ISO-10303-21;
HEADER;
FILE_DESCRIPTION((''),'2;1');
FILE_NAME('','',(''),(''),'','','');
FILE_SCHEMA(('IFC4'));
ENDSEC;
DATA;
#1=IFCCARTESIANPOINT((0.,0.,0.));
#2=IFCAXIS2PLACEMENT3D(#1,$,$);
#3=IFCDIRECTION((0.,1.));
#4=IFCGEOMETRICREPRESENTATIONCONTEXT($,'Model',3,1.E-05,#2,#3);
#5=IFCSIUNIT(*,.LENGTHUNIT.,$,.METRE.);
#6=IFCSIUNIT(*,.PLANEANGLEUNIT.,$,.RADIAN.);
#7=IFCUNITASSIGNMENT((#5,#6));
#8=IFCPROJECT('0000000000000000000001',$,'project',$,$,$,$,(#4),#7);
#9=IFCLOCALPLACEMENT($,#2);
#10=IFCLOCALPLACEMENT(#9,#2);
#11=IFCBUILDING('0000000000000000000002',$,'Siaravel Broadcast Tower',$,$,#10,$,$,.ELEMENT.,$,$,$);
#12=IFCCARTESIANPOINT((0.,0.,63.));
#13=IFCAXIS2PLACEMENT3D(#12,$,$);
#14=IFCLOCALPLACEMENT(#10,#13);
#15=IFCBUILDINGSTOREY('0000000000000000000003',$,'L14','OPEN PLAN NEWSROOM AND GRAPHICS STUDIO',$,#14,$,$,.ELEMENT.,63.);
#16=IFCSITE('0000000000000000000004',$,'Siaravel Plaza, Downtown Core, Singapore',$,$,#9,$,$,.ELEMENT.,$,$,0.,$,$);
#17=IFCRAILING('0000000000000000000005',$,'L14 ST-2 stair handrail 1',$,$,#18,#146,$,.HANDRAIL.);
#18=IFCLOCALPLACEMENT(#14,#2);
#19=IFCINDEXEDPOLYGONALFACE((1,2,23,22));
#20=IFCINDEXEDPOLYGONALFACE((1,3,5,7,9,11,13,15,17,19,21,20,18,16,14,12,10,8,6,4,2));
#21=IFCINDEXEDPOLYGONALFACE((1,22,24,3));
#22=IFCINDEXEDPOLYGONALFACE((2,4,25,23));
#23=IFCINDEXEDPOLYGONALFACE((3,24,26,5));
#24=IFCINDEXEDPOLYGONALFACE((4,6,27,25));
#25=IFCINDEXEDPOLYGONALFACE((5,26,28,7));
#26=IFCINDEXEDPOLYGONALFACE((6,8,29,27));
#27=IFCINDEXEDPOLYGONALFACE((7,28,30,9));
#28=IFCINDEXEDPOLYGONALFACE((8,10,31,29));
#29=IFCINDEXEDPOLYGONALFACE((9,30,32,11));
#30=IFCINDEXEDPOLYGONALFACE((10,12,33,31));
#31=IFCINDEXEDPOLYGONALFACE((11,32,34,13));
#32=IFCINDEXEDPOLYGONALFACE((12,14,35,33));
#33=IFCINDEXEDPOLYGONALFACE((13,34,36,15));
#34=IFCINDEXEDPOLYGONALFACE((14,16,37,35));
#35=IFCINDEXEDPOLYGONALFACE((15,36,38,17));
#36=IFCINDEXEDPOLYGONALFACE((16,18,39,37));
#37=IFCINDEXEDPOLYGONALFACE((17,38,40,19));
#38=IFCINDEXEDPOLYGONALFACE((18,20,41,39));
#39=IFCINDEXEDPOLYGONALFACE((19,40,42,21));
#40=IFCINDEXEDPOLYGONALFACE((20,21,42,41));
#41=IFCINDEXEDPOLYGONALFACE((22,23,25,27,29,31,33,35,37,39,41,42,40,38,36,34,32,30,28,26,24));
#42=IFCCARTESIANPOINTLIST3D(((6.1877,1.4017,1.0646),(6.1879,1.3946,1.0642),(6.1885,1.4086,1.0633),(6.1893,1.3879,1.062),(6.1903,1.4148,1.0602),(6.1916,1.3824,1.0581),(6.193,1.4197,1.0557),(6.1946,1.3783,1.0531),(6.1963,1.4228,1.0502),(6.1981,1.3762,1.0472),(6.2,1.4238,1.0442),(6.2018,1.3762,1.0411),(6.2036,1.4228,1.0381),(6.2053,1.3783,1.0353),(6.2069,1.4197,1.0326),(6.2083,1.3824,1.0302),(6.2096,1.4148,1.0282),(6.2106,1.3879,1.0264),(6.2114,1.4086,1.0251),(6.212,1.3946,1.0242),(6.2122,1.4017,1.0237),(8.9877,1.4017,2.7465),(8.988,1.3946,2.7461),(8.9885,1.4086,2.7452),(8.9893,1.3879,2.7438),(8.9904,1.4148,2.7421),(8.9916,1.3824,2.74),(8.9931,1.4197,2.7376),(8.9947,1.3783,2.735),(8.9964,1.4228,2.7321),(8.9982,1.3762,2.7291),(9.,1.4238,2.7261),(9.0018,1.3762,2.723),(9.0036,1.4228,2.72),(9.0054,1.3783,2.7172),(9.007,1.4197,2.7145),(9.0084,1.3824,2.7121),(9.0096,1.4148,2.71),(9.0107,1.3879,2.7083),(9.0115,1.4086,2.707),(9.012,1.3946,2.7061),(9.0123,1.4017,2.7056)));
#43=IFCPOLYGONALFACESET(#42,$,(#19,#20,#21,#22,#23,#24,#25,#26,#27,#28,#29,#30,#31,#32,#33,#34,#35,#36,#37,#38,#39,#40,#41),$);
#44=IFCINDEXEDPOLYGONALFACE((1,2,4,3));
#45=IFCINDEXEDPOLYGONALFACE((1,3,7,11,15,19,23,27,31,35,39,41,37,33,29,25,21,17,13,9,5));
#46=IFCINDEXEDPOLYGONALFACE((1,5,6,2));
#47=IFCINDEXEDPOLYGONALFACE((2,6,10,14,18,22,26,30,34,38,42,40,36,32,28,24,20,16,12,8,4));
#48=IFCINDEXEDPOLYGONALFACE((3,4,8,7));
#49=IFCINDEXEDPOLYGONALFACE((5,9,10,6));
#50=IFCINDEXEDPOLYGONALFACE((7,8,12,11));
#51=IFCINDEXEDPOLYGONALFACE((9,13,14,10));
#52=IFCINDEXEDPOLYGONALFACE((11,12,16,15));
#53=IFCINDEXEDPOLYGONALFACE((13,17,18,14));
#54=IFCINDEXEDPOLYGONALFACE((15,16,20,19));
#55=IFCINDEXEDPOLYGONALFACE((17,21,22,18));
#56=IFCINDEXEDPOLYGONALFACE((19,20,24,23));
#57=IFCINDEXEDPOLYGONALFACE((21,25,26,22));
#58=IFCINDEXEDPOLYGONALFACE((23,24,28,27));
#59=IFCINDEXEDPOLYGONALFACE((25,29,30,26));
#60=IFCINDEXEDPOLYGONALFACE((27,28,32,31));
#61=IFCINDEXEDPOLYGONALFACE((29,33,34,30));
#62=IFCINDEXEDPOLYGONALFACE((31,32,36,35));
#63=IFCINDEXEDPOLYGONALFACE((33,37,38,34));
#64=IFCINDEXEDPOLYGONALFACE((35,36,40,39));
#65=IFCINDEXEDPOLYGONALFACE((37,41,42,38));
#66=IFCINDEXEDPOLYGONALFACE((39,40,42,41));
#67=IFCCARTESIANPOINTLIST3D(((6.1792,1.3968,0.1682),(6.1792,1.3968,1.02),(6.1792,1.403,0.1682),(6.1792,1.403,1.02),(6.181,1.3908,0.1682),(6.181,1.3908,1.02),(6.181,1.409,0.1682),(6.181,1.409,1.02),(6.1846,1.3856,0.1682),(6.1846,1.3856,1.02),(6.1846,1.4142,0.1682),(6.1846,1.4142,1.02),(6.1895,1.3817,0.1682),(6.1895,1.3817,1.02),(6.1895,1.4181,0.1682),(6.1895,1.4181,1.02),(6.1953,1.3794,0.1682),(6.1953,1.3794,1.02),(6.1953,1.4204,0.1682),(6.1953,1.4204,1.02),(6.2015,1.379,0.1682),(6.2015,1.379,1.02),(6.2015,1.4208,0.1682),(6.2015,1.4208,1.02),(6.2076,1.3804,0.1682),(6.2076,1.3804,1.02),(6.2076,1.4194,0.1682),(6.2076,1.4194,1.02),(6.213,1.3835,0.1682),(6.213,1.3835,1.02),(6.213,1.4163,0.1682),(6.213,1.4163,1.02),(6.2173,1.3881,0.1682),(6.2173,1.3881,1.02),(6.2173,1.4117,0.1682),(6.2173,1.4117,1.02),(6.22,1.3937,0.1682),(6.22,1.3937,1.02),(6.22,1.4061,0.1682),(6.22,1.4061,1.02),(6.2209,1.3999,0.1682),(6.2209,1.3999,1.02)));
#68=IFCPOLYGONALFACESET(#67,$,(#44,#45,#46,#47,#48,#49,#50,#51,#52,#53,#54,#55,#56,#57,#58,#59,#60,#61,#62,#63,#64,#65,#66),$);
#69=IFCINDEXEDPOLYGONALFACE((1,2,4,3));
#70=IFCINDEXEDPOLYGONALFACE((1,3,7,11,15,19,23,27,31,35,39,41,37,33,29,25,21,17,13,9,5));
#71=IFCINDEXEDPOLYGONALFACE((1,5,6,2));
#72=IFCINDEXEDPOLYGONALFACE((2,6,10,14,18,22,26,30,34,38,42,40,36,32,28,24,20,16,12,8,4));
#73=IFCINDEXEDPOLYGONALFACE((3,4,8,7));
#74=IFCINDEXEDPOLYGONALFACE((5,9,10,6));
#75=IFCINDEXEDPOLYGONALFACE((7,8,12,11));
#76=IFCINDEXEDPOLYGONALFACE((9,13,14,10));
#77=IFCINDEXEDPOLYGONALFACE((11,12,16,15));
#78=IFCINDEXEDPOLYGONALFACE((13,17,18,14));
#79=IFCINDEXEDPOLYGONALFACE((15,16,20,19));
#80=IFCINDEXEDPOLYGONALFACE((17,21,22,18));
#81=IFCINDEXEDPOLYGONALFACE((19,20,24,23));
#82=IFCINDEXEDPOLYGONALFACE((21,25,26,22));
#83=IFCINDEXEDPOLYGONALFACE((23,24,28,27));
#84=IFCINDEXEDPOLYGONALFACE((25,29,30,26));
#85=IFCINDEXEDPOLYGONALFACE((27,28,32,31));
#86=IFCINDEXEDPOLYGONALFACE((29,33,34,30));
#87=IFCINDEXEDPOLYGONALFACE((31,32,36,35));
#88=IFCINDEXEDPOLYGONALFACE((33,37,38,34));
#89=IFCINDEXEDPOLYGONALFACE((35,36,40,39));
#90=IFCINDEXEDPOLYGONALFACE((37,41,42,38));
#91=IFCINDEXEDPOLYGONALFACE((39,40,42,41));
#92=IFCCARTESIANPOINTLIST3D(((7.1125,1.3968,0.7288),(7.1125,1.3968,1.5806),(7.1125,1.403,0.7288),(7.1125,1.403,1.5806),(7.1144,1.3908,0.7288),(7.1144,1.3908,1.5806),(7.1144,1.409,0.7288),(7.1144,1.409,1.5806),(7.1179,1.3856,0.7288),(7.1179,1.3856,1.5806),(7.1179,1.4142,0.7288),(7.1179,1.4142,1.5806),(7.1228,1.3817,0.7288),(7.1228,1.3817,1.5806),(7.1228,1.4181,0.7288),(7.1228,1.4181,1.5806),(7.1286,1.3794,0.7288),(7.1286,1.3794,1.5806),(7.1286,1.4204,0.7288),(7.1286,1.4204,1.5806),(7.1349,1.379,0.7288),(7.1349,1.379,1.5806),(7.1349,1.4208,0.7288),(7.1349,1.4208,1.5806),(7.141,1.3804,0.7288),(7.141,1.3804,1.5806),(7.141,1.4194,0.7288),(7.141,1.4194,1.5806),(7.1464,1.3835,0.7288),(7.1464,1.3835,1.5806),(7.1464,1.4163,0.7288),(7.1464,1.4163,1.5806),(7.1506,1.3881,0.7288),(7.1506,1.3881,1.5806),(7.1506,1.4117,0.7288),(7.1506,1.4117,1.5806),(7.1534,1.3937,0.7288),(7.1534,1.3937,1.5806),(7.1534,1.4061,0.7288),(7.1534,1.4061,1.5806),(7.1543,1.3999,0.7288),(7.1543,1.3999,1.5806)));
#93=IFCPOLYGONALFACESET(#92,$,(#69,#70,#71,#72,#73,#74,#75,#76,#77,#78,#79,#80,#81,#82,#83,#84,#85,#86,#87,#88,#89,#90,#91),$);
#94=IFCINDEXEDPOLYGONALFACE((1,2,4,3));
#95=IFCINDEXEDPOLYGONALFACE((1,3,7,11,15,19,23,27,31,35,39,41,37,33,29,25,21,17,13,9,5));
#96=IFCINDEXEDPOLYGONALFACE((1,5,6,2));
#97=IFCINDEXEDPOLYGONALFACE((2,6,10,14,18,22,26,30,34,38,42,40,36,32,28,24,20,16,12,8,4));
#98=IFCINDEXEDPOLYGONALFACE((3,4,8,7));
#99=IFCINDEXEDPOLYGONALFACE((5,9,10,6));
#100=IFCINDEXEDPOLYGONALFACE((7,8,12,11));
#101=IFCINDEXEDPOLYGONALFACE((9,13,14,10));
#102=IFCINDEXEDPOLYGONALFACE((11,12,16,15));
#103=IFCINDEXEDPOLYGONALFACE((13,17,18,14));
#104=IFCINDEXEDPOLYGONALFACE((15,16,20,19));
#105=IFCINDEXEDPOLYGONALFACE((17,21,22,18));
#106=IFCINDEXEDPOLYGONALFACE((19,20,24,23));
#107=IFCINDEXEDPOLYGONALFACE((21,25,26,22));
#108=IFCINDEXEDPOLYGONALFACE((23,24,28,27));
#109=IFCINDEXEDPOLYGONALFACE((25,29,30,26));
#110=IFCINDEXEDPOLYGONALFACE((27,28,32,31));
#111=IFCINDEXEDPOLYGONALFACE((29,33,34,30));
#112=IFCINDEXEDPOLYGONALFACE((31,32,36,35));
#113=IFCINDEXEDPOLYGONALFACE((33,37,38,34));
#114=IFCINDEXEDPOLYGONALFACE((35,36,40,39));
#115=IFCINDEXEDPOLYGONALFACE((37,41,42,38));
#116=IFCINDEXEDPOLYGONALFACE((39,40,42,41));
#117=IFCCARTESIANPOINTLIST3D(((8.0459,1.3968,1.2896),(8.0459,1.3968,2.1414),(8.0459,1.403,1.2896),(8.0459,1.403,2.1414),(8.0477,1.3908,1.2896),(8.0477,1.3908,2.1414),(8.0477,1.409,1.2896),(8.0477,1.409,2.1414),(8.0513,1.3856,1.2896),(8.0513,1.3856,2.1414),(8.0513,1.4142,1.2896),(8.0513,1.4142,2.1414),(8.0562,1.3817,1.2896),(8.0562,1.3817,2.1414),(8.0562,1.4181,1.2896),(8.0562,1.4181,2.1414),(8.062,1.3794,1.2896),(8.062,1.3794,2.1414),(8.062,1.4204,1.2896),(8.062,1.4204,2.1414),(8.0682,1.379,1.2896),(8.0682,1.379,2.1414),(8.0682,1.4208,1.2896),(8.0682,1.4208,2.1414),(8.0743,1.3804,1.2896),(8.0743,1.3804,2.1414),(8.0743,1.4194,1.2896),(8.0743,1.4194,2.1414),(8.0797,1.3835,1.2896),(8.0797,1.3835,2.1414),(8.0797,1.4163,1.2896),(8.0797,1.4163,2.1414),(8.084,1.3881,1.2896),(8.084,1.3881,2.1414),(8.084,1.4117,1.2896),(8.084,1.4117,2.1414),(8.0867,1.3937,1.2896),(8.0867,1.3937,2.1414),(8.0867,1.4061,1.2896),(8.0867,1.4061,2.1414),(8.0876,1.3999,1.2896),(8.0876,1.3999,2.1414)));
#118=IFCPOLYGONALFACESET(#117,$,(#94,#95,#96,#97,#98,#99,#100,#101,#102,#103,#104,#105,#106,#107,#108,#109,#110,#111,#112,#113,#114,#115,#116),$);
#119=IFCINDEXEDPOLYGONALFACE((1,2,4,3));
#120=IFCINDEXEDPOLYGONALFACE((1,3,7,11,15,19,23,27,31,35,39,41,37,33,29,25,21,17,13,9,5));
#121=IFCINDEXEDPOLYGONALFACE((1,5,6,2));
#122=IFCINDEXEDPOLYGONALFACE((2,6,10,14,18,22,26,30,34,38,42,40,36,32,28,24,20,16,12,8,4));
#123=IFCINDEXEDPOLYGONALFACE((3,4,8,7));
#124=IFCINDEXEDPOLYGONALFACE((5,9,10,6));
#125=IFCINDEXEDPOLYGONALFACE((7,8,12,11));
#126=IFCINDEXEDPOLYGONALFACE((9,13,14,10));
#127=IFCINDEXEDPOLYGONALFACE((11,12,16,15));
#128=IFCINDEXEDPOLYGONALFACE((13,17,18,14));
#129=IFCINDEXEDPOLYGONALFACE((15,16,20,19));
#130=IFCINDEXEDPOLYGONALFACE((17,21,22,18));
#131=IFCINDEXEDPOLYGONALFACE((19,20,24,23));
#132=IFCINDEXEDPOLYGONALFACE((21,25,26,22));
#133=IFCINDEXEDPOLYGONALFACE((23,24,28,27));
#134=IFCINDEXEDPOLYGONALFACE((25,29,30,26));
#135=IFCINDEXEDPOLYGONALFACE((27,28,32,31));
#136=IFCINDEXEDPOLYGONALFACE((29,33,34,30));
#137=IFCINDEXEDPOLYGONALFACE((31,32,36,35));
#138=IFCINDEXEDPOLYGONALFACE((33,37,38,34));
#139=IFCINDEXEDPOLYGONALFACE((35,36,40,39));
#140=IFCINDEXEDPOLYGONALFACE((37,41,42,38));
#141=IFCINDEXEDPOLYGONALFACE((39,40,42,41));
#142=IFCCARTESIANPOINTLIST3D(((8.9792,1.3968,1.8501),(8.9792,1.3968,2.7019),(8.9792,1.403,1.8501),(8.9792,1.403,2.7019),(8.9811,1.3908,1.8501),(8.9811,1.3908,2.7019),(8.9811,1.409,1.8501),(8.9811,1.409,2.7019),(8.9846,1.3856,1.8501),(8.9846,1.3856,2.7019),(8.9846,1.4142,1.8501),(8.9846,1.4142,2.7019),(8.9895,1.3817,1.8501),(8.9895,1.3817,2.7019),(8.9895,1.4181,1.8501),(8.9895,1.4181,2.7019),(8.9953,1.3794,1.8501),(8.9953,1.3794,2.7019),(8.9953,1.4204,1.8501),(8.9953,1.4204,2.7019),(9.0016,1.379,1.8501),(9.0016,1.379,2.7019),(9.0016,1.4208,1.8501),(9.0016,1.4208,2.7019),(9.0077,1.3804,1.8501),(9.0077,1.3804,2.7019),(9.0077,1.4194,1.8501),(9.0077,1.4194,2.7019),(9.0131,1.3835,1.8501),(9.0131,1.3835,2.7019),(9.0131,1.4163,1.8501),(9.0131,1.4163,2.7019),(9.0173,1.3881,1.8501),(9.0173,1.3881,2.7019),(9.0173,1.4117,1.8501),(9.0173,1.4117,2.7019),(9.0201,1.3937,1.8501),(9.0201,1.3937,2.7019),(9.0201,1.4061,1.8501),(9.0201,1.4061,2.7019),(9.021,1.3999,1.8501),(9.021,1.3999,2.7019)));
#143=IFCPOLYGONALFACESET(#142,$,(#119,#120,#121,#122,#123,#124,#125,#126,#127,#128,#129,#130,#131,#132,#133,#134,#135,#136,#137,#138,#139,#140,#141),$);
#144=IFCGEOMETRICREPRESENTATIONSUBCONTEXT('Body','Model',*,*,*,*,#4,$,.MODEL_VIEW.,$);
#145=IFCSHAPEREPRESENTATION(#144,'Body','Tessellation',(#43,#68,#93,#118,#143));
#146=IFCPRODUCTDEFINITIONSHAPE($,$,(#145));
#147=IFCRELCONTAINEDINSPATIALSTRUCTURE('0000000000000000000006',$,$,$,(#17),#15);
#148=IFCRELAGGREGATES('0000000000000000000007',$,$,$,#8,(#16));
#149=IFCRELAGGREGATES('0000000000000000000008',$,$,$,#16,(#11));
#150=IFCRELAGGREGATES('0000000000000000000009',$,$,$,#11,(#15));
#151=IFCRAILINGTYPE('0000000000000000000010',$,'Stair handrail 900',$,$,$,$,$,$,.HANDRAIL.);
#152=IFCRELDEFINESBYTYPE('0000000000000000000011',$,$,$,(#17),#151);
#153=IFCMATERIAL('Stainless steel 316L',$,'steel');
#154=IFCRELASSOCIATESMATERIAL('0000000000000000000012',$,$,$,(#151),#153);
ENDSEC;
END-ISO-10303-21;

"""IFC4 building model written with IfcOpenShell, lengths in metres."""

from ifc_helpers import new_model, si_unit, direction, frame, origin, origin_2d, place, context, subcontext, project, spatial, circle, extrude, material, type_object, element, save


model = new_model("IFC4")

# Units and contexts
model_context = context("Model", 3, precision=1e-05, world=origin(), true_north=direction((0.0, 1.0)))
body_context = subcontext(model_context, "Body", "Model", "MODEL_VIEW")
ifc_project = project(units=[si_unit("LENGTHUNIT", "METRE"), si_unit("PLANEANGLEUNIT", "RADIAN")], contexts=[model_context])

# Site, building, storey
site_placement = place(None, origin())
site = spatial("IfcSite", under=ifc_project, at=site_placement, Name="Siaravel Plaza, Downtown Core, Singapore", CompositionType="ELEMENT", RefElevation=0.0)
building_placement = place(site_placement, origin())
building = spatial("IfcBuilding", under=site, at=building_placement, Name="Siaravel Broadcast Tower", CompositionType="ELEMENT")
storey_placement = place(building_placement, frame((0.0, 0.0, 63.0)))
storey = spatial("IfcBuildingStorey", under=building, at=storey_placement, Name="L14", Description="OPEN PLAN NEWSROOM AND GRAPHICS STUDIO", CompositionType="ELEMENT", Elevation=63.0)

# Railing
ifc_material_1 = material(Name="Stainless steel 316L", Category="steel")
railing_type_1 = type_object("IfcRailingType", Name="Stair handrail 900", PredefinedType="HANDRAIL", material=ifc_material_1)
railing_1_placement = place(storey_placement, frame((6.2, 1.3999, 0.1682)))
element("IfcRailing", 1, at=railing_1_placement, inside=storey, type_object=railing_type_1, Name="L14 ST-2 stair handrail 1", PredefinedType="HANDRAIL", context=body_context, shape_type="SweptSolid", body=[
    extrude(circle(Radius=0.0239, at=origin_2d()), frame((0.0, 0.0, 0.876), z_axis=(0.857242, 0.0, 0.514913), x_axis=(0.0, 1.0, 0.0)), (0.0, 0.0, 1.0), 3.2664),
    extrude(circle(Radius=0.021, at=origin_2d()), origin(), (0.0, 0.0, 1.0), 0.8518),
    extrude(circle(Radius=0.021, at=origin_2d()), frame((0.9333, 0.0, 0.5605)), (0.0, 0.0, 1.0), 0.8518),
    extrude(circle(Radius=0.021, at=origin_2d()), frame((1.8667, 0.0, 1.1213)), (0.0, 0.0, 1.0), 0.8518),
    extrude(circle(Radius=0.021, at=origin_2d()), frame((2.8, 0.0, 1.6819)), (0.0, 0.0, 1.0), 0.8518),
])

save(model, "model.ifc")
